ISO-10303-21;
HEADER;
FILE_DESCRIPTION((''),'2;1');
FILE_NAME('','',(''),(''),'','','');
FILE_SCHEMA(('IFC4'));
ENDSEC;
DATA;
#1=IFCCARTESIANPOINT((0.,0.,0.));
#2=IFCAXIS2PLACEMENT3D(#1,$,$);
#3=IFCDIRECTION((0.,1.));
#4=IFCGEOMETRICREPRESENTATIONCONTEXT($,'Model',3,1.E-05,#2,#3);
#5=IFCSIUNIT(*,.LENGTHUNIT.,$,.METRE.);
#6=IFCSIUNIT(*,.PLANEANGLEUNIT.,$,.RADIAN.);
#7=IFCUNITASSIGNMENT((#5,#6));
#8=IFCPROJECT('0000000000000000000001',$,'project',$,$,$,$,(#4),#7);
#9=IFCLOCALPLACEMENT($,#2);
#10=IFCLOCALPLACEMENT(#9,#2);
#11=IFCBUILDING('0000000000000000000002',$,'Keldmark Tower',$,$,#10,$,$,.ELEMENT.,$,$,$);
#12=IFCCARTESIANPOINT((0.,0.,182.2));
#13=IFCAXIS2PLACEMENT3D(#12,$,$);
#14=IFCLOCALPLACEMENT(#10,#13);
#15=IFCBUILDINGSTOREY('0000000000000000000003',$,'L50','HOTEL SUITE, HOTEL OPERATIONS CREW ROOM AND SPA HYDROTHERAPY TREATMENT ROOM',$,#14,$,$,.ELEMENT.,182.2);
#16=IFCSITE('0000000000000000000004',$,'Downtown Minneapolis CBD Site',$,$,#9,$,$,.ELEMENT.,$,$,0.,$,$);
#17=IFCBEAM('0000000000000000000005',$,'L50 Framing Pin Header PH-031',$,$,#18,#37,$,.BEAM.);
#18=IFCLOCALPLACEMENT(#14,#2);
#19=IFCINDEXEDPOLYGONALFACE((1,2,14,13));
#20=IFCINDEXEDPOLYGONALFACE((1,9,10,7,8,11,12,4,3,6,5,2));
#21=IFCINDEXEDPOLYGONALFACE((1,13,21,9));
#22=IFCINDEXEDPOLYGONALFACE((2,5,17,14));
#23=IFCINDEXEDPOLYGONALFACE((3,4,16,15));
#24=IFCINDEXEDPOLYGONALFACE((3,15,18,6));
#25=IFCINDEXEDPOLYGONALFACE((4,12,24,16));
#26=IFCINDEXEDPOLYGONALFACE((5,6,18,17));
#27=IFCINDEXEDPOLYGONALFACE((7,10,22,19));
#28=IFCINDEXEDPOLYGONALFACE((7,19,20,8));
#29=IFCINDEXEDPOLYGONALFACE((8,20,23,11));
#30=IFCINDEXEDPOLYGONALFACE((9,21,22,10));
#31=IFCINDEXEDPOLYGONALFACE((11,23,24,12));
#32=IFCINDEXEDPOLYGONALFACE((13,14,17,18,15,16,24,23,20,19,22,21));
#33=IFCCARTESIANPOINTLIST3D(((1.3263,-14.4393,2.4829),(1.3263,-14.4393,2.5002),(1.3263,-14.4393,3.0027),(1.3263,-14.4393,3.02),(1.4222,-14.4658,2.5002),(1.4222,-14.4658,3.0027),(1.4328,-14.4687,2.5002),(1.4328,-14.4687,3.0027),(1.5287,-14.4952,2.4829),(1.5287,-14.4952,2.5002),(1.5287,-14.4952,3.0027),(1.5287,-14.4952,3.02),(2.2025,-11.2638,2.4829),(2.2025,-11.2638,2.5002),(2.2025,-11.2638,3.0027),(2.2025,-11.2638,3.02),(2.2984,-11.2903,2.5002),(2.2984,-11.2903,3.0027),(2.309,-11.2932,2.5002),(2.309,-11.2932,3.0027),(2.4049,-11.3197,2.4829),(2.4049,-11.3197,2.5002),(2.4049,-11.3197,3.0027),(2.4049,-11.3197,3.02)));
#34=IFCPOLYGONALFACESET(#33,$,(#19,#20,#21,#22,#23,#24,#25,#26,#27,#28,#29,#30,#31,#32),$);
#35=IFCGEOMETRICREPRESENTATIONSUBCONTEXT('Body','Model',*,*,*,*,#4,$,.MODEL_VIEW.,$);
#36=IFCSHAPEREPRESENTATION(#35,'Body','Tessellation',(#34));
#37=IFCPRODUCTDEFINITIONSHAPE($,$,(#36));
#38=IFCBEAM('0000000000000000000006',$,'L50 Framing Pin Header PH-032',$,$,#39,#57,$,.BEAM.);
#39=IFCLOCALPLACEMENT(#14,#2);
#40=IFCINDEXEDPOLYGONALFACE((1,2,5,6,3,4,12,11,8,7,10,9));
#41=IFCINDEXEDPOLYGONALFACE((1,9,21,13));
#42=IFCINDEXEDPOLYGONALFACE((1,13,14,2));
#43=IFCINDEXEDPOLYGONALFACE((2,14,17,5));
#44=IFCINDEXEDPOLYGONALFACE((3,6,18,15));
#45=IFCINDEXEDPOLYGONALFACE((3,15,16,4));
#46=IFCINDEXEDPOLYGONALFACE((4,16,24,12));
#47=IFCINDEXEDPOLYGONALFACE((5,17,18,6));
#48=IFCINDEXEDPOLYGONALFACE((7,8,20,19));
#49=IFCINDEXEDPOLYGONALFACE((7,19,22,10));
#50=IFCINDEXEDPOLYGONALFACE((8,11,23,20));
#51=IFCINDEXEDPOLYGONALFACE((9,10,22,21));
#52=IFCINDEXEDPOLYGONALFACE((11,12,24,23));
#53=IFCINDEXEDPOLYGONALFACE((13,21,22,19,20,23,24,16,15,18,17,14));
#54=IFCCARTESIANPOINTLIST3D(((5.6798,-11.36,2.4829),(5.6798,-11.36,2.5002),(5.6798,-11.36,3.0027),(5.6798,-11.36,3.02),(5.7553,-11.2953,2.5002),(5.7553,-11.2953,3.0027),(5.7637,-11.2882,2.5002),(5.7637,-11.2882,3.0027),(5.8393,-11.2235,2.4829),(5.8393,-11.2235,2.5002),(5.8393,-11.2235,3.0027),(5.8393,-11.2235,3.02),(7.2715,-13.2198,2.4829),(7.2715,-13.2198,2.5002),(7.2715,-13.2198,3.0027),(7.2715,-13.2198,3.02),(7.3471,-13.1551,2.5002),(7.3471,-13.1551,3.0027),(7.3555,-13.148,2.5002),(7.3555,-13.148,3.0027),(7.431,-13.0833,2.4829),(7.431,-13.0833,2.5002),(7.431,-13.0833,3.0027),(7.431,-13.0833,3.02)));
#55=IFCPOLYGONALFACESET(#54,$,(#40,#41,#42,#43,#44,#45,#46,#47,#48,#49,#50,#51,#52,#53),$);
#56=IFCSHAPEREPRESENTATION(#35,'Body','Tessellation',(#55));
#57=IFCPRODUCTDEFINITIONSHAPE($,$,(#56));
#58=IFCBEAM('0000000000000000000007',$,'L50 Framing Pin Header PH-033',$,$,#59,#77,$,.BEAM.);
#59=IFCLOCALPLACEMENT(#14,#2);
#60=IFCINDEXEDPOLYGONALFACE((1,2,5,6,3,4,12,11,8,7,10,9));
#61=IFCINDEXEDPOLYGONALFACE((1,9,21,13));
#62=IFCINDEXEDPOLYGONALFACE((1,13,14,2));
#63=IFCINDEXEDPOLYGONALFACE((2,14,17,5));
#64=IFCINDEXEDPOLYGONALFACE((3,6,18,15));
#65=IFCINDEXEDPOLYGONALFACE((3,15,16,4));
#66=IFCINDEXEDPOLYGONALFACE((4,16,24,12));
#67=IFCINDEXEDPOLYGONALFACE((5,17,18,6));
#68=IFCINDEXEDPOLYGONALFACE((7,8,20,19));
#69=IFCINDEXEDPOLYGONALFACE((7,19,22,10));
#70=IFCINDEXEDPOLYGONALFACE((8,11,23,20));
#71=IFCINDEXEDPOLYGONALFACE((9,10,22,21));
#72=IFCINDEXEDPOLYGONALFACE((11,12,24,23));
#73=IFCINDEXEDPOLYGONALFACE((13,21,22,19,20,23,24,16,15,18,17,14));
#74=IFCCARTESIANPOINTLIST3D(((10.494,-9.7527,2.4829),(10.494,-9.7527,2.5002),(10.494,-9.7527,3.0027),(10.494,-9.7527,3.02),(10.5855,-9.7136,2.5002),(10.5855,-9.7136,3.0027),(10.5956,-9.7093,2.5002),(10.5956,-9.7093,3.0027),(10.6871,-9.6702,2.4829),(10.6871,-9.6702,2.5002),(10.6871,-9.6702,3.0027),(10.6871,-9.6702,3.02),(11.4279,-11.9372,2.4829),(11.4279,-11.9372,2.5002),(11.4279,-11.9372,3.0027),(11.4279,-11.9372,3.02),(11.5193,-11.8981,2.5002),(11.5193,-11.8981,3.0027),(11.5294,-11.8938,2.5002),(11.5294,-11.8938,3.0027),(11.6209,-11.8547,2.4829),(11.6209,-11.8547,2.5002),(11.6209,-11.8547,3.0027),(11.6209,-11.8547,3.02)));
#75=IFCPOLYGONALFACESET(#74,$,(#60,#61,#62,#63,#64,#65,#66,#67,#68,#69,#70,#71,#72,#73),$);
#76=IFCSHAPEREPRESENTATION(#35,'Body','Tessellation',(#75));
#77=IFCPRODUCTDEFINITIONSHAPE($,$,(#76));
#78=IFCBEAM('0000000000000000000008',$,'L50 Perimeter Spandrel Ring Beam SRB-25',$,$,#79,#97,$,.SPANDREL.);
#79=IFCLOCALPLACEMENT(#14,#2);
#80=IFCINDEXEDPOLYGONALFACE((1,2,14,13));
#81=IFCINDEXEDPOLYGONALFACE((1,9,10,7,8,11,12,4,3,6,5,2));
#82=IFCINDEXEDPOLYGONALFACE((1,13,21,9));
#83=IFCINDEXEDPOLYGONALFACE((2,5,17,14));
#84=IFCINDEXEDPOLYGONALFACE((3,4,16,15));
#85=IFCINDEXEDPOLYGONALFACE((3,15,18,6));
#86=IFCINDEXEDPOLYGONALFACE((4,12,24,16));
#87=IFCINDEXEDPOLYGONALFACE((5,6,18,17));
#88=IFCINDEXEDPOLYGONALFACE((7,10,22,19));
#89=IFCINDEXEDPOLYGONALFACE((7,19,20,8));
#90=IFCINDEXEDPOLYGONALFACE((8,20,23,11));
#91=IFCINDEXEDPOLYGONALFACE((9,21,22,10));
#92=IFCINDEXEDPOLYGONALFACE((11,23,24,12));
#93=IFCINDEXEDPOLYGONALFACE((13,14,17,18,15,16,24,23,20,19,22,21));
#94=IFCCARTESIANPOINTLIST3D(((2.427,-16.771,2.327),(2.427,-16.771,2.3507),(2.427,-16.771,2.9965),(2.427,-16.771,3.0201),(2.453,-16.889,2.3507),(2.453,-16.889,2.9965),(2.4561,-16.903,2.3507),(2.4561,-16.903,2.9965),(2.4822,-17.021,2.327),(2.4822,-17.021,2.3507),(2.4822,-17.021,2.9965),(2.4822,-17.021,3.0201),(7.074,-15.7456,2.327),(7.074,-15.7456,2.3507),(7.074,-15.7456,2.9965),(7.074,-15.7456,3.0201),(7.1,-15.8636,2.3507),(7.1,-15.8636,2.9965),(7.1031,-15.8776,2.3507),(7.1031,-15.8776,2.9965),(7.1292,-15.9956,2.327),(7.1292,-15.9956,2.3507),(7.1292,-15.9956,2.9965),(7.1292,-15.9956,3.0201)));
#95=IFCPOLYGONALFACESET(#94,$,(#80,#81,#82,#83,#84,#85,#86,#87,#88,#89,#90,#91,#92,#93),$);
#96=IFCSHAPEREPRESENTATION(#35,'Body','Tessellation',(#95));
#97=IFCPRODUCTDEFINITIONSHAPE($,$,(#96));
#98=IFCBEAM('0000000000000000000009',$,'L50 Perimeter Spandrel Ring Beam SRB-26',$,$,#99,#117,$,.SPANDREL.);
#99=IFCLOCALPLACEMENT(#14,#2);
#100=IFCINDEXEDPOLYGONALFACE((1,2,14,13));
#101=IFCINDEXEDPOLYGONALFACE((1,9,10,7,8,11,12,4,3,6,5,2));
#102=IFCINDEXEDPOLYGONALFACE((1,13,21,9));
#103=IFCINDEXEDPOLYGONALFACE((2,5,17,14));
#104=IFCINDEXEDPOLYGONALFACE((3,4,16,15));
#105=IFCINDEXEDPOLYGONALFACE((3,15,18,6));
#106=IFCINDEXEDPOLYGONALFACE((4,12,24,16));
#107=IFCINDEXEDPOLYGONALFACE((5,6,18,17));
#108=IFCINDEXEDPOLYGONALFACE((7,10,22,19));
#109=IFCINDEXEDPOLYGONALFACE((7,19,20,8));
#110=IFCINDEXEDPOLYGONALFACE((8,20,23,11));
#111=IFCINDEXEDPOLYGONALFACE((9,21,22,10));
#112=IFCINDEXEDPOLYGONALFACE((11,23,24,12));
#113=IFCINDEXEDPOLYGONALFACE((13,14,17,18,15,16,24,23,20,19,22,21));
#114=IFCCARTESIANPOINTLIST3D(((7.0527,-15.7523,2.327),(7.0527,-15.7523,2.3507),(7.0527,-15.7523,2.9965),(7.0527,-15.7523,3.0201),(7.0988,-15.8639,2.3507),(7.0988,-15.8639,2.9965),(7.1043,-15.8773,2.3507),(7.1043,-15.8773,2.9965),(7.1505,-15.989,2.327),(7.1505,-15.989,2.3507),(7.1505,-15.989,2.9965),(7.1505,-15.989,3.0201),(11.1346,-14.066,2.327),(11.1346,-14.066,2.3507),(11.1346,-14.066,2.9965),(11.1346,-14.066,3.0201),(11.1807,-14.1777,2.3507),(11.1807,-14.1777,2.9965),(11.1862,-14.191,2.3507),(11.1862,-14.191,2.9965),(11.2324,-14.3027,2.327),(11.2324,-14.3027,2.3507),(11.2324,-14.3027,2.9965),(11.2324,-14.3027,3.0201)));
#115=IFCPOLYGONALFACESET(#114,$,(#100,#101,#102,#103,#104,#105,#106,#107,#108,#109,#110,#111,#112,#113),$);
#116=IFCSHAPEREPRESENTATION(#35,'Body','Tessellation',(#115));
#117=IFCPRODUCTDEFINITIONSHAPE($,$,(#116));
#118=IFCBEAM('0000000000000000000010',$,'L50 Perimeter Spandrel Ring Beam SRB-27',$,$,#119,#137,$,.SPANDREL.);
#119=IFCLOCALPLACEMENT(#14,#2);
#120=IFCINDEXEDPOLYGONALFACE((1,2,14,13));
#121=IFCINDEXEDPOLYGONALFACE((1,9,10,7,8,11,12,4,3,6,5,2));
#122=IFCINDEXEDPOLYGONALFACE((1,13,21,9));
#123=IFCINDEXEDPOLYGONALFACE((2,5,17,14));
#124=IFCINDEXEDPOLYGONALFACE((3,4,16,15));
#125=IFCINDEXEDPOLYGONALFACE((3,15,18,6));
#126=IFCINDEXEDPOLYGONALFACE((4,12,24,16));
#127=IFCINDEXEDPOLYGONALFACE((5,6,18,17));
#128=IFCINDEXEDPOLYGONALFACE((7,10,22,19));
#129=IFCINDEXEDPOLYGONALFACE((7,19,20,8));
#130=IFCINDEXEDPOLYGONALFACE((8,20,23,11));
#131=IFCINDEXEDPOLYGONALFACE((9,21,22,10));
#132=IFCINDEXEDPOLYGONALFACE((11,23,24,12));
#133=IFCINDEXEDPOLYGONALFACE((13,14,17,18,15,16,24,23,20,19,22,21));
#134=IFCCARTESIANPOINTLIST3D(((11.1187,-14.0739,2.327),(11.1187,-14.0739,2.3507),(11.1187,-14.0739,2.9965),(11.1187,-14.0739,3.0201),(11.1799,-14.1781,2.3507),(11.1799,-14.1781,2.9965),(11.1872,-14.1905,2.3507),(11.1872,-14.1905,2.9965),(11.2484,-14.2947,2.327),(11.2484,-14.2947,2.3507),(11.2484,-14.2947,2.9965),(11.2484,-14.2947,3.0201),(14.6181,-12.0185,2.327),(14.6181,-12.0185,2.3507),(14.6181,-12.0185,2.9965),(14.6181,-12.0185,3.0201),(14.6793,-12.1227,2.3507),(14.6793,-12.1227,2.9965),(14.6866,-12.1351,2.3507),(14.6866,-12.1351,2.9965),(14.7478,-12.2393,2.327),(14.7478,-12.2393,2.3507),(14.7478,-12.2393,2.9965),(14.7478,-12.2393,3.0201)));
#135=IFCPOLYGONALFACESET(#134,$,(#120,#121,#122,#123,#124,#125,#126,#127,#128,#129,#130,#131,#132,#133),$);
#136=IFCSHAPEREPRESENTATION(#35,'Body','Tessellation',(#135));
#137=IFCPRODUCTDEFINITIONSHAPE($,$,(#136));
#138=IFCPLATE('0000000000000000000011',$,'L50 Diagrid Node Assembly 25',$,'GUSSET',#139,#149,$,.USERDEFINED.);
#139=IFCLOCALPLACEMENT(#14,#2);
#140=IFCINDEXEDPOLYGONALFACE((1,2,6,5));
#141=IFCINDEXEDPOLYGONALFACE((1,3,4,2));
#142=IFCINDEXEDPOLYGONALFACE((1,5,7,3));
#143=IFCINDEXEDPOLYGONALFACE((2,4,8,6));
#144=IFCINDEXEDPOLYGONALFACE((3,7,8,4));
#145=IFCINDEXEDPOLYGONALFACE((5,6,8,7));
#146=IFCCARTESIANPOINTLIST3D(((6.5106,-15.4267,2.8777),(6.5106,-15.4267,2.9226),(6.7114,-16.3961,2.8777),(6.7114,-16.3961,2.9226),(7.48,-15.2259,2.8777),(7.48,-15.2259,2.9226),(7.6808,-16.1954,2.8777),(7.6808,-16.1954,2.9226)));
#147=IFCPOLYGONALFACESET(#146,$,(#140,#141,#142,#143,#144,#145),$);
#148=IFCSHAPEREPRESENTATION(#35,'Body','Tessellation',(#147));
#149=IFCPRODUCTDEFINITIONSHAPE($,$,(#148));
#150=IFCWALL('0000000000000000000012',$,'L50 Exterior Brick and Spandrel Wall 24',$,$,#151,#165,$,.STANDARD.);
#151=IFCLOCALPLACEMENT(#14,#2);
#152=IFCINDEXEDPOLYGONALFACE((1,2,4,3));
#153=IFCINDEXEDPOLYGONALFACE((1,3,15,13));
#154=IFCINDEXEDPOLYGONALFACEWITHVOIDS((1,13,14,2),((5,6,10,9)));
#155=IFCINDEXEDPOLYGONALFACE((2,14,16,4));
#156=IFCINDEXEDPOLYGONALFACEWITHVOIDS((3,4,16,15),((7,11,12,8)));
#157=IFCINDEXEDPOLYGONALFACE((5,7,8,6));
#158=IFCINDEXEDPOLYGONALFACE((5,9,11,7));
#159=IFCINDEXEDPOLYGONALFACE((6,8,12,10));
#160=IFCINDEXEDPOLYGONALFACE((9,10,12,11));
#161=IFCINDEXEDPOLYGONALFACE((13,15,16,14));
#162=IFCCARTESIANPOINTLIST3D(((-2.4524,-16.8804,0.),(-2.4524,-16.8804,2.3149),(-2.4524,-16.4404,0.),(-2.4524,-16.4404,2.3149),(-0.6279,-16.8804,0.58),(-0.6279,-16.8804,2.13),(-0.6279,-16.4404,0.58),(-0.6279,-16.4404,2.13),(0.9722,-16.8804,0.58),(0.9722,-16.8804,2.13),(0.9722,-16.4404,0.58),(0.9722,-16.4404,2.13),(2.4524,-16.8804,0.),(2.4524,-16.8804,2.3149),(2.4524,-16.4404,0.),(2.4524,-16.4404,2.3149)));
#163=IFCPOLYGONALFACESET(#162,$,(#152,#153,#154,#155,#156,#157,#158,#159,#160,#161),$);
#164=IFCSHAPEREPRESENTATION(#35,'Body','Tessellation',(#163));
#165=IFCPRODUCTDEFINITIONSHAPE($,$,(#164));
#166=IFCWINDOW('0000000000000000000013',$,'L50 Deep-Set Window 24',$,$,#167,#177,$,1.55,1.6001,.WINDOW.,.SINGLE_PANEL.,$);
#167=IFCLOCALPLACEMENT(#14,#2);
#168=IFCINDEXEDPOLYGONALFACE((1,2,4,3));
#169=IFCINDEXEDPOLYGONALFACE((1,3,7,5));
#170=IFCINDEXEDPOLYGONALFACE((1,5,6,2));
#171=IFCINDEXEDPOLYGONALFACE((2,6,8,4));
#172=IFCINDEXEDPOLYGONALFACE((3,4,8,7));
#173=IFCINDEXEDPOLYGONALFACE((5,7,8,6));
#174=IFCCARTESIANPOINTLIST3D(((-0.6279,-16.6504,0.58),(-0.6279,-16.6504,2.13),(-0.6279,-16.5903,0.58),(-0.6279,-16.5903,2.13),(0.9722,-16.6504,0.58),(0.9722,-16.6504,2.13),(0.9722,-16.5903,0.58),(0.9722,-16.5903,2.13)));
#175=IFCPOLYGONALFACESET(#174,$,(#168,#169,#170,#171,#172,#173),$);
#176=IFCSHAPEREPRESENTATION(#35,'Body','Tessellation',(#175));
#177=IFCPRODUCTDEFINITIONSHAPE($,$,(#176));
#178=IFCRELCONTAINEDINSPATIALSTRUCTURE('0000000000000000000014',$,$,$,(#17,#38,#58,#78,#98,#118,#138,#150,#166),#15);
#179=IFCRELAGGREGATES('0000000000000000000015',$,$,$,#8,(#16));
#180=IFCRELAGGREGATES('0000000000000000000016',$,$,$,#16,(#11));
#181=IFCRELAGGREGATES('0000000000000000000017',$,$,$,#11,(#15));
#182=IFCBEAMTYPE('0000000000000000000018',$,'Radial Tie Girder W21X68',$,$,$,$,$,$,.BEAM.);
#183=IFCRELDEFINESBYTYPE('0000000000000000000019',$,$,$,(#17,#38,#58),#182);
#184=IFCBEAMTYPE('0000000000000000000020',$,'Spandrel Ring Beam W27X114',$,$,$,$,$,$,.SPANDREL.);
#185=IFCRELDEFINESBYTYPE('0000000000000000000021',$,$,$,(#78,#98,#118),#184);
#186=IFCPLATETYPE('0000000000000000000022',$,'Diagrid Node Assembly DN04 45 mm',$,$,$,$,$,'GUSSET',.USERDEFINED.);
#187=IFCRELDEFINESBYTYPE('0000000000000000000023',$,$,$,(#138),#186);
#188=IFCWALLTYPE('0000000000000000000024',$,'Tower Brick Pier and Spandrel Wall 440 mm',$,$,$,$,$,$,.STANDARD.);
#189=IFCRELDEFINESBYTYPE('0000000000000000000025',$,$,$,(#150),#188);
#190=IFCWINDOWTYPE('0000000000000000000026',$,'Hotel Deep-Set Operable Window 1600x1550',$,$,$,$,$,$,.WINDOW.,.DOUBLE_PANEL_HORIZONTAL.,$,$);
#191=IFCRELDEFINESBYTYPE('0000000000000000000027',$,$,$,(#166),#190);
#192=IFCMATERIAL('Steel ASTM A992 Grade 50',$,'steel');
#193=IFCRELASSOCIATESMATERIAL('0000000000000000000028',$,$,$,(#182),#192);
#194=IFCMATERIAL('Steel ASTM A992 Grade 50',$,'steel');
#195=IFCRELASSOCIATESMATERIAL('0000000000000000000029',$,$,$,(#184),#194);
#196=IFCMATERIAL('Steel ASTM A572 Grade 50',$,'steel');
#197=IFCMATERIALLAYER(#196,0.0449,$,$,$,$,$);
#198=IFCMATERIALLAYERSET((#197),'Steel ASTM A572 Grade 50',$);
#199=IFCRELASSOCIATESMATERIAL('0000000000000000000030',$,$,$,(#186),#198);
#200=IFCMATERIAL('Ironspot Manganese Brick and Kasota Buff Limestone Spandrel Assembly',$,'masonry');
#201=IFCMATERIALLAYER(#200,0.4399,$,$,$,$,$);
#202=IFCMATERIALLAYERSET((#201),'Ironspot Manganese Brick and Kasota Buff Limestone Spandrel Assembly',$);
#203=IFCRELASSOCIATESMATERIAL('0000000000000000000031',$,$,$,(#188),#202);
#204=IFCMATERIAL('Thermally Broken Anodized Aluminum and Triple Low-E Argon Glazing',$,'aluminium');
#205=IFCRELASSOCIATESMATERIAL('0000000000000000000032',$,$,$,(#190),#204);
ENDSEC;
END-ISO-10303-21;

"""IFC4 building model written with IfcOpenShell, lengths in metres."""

from ifc_helpers import new_model, si_unit, direction, frame, frame_2d, origin, origin_2d, place, context, subcontext, project, spatial, rectangle, i_section, extrude, material, layer, layer_set, material_profile, profile_set, type_object, element, fill, save


model = new_model("IFC4")

# Units and contexts
model_context = context("Model", 3, precision=1e-05, world=origin(), true_north=direction((0.0, 1.0)))
body_context = subcontext(model_context, "Body", "Model", "MODEL_VIEW")
ifc_project = project(units=[si_unit("LENGTHUNIT", "METRE"), si_unit("PLANEANGLEUNIT", "RADIAN")], contexts=[model_context])

# Site, building, storey
site_placement = place(None, origin())
site = spatial("IfcSite", under=ifc_project, at=site_placement, Name="Downtown Minneapolis CBD Site", CompositionType="ELEMENT", RefElevation=0.0)
building_placement = place(site_placement, origin())
building = spatial("IfcBuilding", under=site, at=building_placement, Name="Keldmark Tower", CompositionType="ELEMENT")
storey_placement = place(building_placement, frame((0.0, 0.0, 182.2)))
storey = spatial("IfcBuildingStorey", under=building, at=storey_placement, Name="L50", Description="HOTEL SUITE, HOTEL OPERATIONS CREW ROOM AND SPA HYDROTHERAPY TREATMENT ROOM", CompositionType="ELEMENT", Elevation=182.2)

# Beams
ifc_material_1 = material(Name="Steel ASTM A992 Grade 50", Category="steel")
ifc_material_profile_1 = material_profile(ifc_material_1, i_section(OverallWidth=0.21, OverallDepth=0.5371, WebThickness=0.011, FlangeThickness=0.0173, at=origin_2d()), Name="W21X68")
ifc_profile_set_1 = profile_set([ifc_material_profile_1], Name="Steel ASTM A992 Grade 50")
beam_type_1 = type_object("IfcBeamType", Name="Radial Tie Girder W21X68", PredefinedType="BEAM", material=ifc_profile_set_1)
beam_1_placement = place(storey_placement, frame((2.3037, -11.2917, 2.7515), z_axis=(-0.265988, -0.963976, 0.0), x_axis=(0.963976, -0.265988, 0.0)))
element("IfcBeam", 1, at=beam_1_placement, inside=storey, type_object=beam_type_1, Name="L50 Framing Pin Header PH-031", PredefinedType="BEAM", context=body_context, shape_type="SweptSolid", body=[
    extrude(i_section(OverallWidth=0.21, OverallDepth=0.5371, WebThickness=0.011, FlangeThickness=0.0173, at=origin_2d()), origin(), (0.0, 0.0, 1.0), 3.2942),
])
beam_2_placement = place(storey_placement, frame((5.7595, -11.2917, 2.7515), z_axis=(0.650233, -0.759735, 0.0), x_axis=(0.759735, 0.650233, 0.0)))
element("IfcBeam", 2, at=beam_2_placement, inside=storey, type_object=beam_type_1, Name="L50 Framing Pin Header PH-032", PredefinedType="BEAM", context=body_context, shape_type="SweptSolid", body=[
    extrude(i_section(OverallWidth=0.21, OverallDepth=0.5371, WebThickness=0.011, FlangeThickness=0.0173, at=origin_2d()), origin(), (0.0, 0.0, 1.0), 2.448),
])
beam_3_placement = place(storey_placement, frame((10.5906, -9.7114, 2.7515), z_axis=(0.393063, -0.919511, 0.0), x_axis=(0.919511, 0.393063, 0.0)))
element("IfcBeam", 3, at=beam_3_placement, inside=storey, type_object=beam_type_1, Name="L50 Framing Pin Header PH-033", PredefinedType="BEAM", context=body_context, shape_type="SweptSolid", body=[
    extrude(i_section(OverallWidth=0.21, OverallDepth=0.5371, WebThickness=0.011, FlangeThickness=0.0173, at=origin_2d()), origin(), (0.0, 0.0, 1.0), 2.3757),
])
ifc_material_2 = material(Name="Steel ASTM A992 Grade 50", Category="steel")
ifc_material_profile_2 = material_profile(ifc_material_2, i_section(OverallWidth=0.2561, OverallDepth=0.6931, WebThickness=0.0144, FlangeThickness=0.0237, at=origin_2d()), Name="W27X114")
ifc_profile_set_2 = profile_set([ifc_material_profile_2], Name="Steel ASTM A992 Grade 50")
beam_type_2 = type_object("IfcBeamType", Name="Spandrel Ring Beam W27X114", PredefinedType="SPANDREL", material=ifc_profile_set_2)
beam_4_placement = place(storey_placement, frame((2.4546, -16.896, 2.6736), z_axis=(0.976509, 0.215474, 0.0), x_axis=(-0.215474, 0.976509, 0.0)))
element("IfcBeam", 4, at=beam_4_placement, inside=storey, type_object=beam_type_2, Name="L50 Perimeter Spandrel Ring Beam SRB-25", PredefinedType="SPANDREL", context=body_context, shape_type="SweptSolid", body=[
    extrude(i_section(OverallWidth=0.2561, OverallDepth=0.6931, WebThickness=0.0144, FlangeThickness=0.0237, at=origin_2d()), origin(), (0.0, 0.0, 1.0), 4.7588),
])
beam_5_placement = place(storey_placement, frame((7.1016, -15.8706, 2.6736), z_axis=(0.924244, 0.381803, 0.0), x_axis=(-0.381803, 0.924244, 0.0)))
element("IfcBeam", 5, at=beam_5_placement, inside=storey, type_object=beam_type_2, Name="L50 Perimeter Spandrel Ring Beam SRB-26", PredefinedType="SPANDREL", context=body_context, shape_type="SweptSolid", body=[
    extrude(i_section(OverallWidth=0.2561, OverallDepth=0.6931, WebThickness=0.0144, FlangeThickness=0.0237, at=origin_2d()), origin(), (0.0, 0.0, 1.0), 4.4165),
])
beam_6_placement = place(storey_placement, frame((11.1836, -14.1843, 2.6736), z_axis=(0.862254, 0.506476, 0.0), x_axis=(-0.506476, 0.862254, 0.0)))
element("IfcBeam", 6, at=beam_6_placement, inside=storey, type_object=beam_type_2, Name="L50 Perimeter Spandrel Ring Beam SRB-27", PredefinedType="SPANDREL", context=body_context, shape_type="SweptSolid", body=[
    extrude(i_section(OverallWidth=0.2561, OverallDepth=0.6931, WebThickness=0.0144, FlangeThickness=0.0237, at=origin_2d()), origin(), (0.0, 0.0, 1.0), 4.0583),
])

# Plate
ifc_material_3 = material(Name="Steel ASTM A572 Grade 50", Category="steel")
ifc_layer_1 = layer(ifc_material_3, 0.0449)
ifc_layer_set_1 = layer_set([ifc_layer_1], Name="Steel ASTM A572 Grade 50")
plate_type = type_object("IfcPlateType", Name="Diagrid Node Assembly DN04 45 mm", ElementType="GUSSET", PredefinedType="USERDEFINED", material=ifc_layer_set_1)
plate_placement = place(storey_placement, frame((7.0957, -15.811, 2.8777), z_axis=(0.0, 0.0, 1.0), x_axis=(0.979223, 0.202787, 0.0)))
element("IfcPlate", 7, at=plate_placement, inside=storey, type_object=plate_type, Name="L50 Diagrid Node Assembly 25", ObjectType="GUSSET", PredefinedType="USERDEFINED", context=body_context, shape_type="SweptSolid", body=[
    extrude(rectangle(XDim=0.99, YDim=0.99, at=origin_2d()), origin(), (0.0, 0.0, 1.0), 0.0449),
])

# Wall, opening, window
ifc_material_4 = material(Name="Ironspot Manganese Brick and Kasota Buff Limestone Spandrel Assembly", Category="masonry")
ifc_layer_2 = layer(ifc_material_4, 0.4399)
ifc_layer_set_2 = layer_set([ifc_layer_2], Name="Ironspot Manganese Brick and Kasota Buff Limestone Spandrel Assembly")
wall_type_1 = type_object("IfcWallType", Name="Tower Brick Pier and Spandrel Wall 440 mm", PredefinedType="STANDARD", material=ifc_layer_set_2)
wall_1_placement = place(storey_placement, frame((2.4524, -16.6604, 0.0), z_axis=(0.0, 0.0, 1.0), x_axis=(-1.0, 0.0, 0.0)))
wall_1 = element("IfcWall", 8, at=wall_1_placement, inside=storey, type_object=wall_type_1, Name="L50 Exterior Brick and Spandrel Wall 24", PredefinedType="STANDARD", context=body_context, shape_type="SweptSolid", body=[
    extrude(rectangle(XDim=4.9048, YDim=0.4399, at=frame_2d((2.4524, 0.0))), origin(), (0.0, 0.0, 1.0), 2.3149),
])
opening_1_placement = place(wall_1_placement, frame((1.4802, 0.0, 0.5801)))
opening_1 = element("IfcOpeningElement", 9, at=opening_1_placement, cuts=wall_1, PredefinedType="OPENING", context=body_context, shape_type="SweptSolid", body=[
    extrude(rectangle(XDim=1.6001, YDim=1.55, at=frame_2d((0.8, 0.7749))), frame((0.0, 0.23, 0.0), z_axis=(0.0, -1.0, 0.0), x_axis=(1.0, 0.0, 0.0)), (0.0, 0.0, 1.0), 0.46),
])
ifc_material_5 = material(Name="Thermally Broken Anodized Aluminum and Triple Low-E Argon Glazing", Category="aluminium")
window_type = type_object("IfcWindowType", Name="Hotel Deep-Set Operable Window 1600x1550", PartitioningType="DOUBLE_PANEL_HORIZONTAL", PredefinedType="WINDOW", material=ifc_material_5)
window_1_placement = place(opening_1_placement, origin())
window_1 = element("IfcWindow", 10, at=window_1_placement, inside=storey, type_object=window_type, Name="L50 Deep-Set Window 24", OverallHeight=1.55, OverallWidth=1.6001, PartitioningType="SINGLE_PANEL", PredefinedType="WINDOW", context=body_context, shape_type="SweptSolid", body=[
    extrude(rectangle(XDim=1.6001, YDim=1.55, at=frame_2d((0.8, 0.7749))), frame((0.0, -0.01, 0.0), z_axis=(0.0, -1.0, 0.0), x_axis=(1.0, 0.0, 0.0)), (0.0, 0.0, 1.0), 0.0601),
])
fill(opening_1, window_1)

save(model, "model.ifc")
